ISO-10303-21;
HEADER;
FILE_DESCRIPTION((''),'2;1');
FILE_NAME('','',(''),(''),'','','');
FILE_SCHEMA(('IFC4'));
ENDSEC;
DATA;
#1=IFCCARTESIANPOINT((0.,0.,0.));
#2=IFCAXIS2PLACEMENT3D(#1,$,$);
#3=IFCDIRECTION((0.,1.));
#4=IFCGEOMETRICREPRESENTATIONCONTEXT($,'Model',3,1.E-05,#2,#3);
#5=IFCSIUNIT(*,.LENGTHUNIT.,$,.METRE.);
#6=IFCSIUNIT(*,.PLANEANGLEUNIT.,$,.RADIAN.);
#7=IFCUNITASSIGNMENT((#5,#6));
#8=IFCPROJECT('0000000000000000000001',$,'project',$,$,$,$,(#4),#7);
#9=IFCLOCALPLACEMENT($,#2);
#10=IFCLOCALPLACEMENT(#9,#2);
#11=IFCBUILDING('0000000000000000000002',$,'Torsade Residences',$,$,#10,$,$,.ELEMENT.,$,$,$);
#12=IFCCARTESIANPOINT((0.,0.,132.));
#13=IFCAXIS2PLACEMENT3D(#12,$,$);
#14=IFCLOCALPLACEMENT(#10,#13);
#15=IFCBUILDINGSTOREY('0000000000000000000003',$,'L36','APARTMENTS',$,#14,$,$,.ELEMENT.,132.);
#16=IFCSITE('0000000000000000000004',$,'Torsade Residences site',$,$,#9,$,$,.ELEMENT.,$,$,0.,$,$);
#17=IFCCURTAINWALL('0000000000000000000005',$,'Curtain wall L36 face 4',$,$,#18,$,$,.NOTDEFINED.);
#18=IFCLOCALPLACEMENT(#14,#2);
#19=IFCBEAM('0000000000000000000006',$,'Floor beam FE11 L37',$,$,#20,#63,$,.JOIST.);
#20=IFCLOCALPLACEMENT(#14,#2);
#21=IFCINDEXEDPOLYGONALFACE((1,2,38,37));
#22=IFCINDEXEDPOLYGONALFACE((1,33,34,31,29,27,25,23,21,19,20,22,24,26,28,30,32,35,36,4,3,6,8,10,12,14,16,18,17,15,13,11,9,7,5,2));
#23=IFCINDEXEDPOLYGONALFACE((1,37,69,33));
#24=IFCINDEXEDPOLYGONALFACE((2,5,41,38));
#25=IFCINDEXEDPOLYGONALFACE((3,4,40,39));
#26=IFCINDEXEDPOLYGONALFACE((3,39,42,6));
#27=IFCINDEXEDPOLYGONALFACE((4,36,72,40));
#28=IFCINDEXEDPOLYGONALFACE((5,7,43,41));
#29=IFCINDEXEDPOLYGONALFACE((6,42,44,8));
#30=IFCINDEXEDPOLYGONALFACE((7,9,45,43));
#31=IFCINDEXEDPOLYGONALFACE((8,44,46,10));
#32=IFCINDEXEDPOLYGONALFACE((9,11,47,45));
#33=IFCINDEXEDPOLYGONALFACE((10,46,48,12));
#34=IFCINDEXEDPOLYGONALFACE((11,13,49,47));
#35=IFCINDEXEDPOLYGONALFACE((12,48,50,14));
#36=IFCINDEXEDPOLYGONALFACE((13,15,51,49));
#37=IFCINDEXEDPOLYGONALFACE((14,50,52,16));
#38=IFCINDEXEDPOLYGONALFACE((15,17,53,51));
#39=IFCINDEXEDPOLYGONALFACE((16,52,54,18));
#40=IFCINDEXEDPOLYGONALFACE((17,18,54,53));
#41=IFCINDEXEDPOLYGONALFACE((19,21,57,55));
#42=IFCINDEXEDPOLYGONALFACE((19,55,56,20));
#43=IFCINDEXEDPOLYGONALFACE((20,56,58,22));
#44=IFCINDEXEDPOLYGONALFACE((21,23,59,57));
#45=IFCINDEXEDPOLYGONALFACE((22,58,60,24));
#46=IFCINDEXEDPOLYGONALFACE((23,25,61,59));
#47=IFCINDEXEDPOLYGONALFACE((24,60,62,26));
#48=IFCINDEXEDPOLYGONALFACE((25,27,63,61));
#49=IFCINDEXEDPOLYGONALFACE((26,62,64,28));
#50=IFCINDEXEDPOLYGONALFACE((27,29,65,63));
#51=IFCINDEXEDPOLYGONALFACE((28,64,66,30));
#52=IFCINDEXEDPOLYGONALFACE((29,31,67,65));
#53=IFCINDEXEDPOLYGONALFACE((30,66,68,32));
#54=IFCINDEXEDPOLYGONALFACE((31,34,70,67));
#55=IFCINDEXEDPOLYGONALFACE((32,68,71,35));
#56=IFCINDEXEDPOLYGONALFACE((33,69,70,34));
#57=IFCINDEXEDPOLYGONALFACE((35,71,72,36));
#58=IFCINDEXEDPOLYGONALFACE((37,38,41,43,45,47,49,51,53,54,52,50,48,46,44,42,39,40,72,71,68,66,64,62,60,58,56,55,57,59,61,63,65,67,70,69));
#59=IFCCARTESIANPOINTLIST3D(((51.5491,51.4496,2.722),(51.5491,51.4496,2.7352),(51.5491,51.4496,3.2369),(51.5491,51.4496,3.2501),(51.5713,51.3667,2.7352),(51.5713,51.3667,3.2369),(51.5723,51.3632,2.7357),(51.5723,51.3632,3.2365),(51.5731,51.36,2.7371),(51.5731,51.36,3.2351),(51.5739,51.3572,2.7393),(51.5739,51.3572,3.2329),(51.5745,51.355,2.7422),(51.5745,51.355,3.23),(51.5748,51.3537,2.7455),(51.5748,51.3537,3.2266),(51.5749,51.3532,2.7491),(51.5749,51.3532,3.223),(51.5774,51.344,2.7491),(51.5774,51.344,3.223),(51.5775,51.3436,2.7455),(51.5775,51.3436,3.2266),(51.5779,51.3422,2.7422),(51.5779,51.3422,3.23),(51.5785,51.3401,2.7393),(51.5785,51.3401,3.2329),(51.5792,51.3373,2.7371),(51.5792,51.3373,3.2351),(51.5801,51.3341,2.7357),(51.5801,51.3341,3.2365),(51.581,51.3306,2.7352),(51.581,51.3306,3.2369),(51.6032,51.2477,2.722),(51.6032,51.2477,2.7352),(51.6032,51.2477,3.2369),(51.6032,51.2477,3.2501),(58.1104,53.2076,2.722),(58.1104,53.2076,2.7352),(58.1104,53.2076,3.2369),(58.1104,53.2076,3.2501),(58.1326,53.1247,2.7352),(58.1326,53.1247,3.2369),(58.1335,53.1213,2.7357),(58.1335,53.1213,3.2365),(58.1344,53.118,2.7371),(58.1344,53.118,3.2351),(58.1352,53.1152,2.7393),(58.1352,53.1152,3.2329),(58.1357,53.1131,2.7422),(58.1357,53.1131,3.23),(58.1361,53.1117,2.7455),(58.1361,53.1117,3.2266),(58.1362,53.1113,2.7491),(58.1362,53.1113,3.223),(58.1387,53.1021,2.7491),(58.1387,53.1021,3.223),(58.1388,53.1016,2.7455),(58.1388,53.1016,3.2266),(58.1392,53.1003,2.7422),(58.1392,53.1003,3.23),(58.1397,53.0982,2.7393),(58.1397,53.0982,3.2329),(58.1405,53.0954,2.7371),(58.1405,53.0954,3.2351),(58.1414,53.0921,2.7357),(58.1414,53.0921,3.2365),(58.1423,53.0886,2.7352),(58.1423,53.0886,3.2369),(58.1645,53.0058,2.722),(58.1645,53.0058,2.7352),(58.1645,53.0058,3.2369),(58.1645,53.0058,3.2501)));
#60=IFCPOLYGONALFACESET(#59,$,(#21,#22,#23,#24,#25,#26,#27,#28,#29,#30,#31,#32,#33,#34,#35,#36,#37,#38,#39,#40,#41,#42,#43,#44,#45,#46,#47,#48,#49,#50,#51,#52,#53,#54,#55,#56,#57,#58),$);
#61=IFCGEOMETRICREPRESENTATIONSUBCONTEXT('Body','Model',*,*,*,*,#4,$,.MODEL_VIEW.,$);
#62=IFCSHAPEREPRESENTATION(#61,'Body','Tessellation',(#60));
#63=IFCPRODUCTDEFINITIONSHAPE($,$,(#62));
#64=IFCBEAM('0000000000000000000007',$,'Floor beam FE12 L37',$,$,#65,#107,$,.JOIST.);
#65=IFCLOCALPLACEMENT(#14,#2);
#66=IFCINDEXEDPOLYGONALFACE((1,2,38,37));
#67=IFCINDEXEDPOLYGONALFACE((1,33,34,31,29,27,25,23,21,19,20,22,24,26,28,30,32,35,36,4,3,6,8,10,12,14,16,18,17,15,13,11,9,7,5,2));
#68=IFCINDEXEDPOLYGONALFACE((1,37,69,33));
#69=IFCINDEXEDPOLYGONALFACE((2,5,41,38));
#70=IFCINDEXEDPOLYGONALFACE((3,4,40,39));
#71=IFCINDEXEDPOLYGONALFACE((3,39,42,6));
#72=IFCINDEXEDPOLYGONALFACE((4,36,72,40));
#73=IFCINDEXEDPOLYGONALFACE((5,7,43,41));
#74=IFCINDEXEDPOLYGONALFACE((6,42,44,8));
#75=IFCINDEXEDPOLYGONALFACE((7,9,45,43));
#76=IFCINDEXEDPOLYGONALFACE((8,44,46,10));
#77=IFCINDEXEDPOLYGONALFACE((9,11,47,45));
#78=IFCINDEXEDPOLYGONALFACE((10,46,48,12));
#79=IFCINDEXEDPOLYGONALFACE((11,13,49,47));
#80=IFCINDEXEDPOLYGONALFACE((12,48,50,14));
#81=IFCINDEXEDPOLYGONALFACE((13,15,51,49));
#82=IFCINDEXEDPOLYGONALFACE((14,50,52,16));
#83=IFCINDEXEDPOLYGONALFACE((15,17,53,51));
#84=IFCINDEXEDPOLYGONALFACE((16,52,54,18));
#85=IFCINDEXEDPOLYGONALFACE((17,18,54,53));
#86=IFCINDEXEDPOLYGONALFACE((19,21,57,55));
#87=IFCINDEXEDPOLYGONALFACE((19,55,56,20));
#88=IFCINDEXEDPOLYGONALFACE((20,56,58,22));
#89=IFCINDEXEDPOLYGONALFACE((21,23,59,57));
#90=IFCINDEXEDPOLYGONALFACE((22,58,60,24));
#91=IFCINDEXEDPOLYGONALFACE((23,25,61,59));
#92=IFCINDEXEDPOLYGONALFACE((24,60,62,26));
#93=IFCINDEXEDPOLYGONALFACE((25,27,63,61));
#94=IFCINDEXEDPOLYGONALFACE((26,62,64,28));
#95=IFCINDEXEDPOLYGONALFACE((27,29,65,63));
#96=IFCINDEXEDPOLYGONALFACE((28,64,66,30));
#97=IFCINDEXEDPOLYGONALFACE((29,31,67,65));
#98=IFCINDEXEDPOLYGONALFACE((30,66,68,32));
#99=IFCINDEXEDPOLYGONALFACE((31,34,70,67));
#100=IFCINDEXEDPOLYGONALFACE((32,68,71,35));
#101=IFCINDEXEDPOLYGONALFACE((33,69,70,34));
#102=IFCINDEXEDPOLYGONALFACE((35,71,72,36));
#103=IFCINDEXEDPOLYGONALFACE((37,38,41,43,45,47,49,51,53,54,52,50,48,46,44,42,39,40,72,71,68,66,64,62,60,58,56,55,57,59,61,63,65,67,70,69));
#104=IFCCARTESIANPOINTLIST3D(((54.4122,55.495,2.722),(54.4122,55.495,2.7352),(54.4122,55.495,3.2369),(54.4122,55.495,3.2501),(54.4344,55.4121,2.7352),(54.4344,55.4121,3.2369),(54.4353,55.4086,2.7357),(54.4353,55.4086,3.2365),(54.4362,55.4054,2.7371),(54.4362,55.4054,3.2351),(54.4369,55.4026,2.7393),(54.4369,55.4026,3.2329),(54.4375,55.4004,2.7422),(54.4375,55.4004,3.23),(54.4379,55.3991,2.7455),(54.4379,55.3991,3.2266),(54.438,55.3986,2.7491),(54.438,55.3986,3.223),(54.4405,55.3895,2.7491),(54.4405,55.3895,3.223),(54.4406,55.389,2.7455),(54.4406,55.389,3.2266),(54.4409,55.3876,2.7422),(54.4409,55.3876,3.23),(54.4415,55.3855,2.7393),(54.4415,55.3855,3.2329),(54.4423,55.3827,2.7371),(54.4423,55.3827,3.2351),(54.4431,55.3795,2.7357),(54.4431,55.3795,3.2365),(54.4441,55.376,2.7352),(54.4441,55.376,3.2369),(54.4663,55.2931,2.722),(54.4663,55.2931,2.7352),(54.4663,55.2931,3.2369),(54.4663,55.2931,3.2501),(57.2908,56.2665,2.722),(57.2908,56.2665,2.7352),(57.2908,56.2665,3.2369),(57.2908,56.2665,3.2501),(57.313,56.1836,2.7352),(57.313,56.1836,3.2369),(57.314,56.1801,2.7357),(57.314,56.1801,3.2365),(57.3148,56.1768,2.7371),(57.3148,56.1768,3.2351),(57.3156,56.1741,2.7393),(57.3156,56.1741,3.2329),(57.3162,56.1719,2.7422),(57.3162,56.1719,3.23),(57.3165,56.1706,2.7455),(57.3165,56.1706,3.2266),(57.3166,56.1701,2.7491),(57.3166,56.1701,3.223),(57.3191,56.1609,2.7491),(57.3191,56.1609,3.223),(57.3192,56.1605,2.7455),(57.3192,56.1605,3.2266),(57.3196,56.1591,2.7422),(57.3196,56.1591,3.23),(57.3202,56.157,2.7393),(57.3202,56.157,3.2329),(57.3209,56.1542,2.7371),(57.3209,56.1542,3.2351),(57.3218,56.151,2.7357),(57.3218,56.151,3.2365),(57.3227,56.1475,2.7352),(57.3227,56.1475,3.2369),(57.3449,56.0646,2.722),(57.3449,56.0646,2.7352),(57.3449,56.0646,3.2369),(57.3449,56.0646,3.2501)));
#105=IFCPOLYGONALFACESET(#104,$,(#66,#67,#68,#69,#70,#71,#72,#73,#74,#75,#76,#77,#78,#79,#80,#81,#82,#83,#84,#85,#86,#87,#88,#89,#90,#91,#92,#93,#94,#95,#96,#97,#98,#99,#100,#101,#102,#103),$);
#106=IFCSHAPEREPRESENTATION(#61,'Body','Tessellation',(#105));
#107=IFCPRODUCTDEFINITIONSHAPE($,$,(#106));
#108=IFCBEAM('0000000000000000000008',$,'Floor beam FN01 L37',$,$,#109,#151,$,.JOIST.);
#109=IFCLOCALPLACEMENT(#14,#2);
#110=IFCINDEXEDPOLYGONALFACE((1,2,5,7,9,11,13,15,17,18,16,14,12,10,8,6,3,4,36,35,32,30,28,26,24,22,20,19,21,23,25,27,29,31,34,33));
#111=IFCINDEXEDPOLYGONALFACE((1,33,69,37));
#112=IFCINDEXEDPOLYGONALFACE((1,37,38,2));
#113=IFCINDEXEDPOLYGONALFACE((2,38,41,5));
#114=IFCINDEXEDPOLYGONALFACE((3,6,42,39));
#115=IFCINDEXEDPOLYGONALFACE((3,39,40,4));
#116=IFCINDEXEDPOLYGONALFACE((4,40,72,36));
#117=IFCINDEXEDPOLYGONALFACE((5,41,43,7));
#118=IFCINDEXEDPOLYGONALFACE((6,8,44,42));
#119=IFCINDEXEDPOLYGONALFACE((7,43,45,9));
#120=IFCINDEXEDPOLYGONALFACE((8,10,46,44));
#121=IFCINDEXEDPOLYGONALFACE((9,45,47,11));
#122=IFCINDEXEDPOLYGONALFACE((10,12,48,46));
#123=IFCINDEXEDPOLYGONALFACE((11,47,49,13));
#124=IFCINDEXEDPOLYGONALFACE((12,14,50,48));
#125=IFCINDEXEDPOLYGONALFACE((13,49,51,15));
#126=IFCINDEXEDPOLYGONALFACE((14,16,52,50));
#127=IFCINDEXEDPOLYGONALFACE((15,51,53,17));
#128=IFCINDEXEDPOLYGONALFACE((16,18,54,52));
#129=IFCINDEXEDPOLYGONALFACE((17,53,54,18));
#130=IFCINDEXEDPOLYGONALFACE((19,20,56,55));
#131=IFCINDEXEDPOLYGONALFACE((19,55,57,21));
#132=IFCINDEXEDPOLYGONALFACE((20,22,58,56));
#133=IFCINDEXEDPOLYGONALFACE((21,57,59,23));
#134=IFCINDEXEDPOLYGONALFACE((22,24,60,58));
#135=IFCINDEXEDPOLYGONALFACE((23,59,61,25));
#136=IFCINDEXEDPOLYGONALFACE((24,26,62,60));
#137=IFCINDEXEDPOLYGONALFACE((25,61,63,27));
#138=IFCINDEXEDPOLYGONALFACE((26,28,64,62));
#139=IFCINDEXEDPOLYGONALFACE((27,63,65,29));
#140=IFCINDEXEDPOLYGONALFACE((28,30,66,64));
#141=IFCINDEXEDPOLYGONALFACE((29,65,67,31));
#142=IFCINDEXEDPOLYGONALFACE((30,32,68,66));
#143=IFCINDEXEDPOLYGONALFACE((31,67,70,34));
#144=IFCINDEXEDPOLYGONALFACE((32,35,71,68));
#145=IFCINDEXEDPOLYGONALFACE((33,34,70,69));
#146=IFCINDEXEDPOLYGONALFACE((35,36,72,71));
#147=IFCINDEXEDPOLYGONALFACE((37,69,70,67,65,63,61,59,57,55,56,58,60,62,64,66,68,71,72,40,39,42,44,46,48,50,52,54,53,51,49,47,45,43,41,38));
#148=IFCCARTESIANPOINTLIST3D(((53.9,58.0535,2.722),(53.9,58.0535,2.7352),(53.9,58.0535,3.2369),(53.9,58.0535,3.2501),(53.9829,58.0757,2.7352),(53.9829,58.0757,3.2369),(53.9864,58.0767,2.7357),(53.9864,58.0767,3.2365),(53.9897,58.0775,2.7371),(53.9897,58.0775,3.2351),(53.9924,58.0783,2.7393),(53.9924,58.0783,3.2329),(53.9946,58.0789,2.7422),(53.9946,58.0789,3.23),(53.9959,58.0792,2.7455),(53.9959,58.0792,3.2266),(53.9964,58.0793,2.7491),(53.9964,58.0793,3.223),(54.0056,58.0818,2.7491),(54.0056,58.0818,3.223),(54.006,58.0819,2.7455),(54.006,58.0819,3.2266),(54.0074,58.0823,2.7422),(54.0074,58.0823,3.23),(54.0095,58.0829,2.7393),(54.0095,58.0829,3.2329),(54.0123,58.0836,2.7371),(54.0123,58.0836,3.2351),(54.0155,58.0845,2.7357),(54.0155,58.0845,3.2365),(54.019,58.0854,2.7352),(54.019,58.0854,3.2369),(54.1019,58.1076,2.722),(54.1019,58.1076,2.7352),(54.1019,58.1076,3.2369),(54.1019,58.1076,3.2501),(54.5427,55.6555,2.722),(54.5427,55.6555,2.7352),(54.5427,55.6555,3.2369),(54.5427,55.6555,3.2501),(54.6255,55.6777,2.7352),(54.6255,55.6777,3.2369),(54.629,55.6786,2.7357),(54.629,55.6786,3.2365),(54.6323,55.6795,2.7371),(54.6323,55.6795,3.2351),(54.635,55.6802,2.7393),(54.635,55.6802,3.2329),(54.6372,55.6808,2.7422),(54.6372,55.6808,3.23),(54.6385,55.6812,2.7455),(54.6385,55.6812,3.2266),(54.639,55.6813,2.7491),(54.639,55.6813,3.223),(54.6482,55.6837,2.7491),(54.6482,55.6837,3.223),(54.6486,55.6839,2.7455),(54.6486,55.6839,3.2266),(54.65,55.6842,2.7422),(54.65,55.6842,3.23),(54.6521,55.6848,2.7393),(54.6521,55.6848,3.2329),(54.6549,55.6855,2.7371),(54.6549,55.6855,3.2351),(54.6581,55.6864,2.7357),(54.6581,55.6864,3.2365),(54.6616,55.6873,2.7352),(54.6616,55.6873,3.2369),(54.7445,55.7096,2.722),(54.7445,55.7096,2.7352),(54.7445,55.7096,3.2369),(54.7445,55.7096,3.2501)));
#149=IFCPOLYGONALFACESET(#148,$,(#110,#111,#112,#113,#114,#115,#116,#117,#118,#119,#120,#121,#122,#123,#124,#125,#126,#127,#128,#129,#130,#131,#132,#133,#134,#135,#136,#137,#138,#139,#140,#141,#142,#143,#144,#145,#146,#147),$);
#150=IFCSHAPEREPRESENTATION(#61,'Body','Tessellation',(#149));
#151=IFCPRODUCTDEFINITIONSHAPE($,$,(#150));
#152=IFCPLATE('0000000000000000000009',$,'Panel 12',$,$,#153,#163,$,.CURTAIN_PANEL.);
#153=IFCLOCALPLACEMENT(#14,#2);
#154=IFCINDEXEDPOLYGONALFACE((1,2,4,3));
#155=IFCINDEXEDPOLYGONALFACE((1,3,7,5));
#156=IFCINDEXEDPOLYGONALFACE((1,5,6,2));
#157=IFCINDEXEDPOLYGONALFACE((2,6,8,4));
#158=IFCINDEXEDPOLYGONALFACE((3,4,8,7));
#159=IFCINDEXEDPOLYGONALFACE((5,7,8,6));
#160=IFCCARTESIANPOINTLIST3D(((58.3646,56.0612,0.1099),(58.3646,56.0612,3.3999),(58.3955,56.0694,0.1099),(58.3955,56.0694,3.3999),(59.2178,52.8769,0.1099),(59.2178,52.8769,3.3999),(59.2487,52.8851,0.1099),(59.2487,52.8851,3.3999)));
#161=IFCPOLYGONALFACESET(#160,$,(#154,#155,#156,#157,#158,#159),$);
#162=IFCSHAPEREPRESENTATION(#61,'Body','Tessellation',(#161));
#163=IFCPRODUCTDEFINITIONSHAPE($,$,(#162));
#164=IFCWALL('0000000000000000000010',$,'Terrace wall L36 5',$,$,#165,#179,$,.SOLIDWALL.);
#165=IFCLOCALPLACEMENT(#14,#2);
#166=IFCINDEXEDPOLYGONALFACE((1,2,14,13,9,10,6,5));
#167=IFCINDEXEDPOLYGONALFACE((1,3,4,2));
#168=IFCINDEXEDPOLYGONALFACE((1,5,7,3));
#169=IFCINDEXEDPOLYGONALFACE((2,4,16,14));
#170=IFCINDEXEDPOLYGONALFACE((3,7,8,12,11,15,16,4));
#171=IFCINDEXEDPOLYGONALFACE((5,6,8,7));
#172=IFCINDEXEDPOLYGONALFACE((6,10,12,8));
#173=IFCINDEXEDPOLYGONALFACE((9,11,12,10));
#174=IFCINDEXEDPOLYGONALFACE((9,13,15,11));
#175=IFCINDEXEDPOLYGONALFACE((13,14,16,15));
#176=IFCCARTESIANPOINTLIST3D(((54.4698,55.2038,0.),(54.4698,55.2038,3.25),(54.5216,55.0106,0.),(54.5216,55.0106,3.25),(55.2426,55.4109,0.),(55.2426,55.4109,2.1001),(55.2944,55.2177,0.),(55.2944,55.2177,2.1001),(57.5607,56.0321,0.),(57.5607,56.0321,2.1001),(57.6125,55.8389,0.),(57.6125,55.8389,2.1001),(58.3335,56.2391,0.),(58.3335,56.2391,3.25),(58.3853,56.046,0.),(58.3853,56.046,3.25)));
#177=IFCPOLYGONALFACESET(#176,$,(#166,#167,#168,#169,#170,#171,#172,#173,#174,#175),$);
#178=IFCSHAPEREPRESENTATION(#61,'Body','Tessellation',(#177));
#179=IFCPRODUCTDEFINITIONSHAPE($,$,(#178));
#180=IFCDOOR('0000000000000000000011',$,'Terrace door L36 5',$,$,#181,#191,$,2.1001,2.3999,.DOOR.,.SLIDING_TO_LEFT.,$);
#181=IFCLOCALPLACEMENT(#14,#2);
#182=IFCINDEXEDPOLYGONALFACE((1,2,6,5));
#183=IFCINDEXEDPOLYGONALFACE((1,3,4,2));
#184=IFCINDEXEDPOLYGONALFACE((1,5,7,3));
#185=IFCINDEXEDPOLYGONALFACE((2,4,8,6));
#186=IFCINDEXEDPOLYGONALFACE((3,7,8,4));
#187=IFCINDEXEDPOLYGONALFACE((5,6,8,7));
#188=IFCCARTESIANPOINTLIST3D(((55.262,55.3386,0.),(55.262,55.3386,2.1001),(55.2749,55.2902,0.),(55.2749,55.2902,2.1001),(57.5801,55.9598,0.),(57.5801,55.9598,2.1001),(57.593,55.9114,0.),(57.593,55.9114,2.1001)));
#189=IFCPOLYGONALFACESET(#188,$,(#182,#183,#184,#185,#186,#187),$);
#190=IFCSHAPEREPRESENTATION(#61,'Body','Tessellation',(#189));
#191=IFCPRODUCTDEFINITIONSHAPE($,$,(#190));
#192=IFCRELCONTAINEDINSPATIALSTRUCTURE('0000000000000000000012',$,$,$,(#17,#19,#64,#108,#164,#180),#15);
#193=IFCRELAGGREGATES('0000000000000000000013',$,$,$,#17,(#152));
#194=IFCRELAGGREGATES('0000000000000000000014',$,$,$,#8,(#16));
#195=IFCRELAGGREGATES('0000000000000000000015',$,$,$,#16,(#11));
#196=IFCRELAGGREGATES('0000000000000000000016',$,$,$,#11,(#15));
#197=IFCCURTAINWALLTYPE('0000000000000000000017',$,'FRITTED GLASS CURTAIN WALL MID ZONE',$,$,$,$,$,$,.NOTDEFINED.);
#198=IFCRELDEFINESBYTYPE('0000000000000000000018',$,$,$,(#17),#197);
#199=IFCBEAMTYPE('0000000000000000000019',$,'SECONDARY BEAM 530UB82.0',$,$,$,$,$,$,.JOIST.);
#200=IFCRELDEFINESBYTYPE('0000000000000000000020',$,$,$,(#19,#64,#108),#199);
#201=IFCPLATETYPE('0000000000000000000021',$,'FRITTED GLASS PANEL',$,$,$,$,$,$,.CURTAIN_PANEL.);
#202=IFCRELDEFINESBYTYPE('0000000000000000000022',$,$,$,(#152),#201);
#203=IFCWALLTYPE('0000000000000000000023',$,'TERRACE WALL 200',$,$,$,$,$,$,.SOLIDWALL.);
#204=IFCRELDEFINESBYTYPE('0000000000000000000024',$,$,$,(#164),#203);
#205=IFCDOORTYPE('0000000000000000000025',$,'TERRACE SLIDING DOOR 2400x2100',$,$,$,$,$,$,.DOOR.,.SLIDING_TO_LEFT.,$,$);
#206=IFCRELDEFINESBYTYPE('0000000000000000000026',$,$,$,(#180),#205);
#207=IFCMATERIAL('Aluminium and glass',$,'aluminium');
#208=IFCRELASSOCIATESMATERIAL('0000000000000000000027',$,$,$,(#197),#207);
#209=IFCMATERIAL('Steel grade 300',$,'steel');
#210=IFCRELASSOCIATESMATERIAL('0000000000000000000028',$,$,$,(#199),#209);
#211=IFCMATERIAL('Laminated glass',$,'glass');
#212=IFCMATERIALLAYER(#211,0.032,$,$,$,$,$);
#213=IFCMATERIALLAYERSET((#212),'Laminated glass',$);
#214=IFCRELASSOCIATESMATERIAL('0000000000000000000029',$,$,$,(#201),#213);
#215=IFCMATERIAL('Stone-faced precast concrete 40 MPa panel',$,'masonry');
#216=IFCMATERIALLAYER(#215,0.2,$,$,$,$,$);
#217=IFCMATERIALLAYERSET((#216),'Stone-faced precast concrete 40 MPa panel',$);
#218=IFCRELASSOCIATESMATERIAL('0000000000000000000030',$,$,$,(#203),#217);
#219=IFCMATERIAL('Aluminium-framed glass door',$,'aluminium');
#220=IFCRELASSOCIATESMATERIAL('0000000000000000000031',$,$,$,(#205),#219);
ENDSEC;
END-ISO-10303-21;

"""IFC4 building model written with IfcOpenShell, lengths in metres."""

from ifc_helpers import new_model, si_unit, direction, frame, frame_2d, origin, origin_2d, place, context, subcontext, project, spatial, rectangle, i_section, extrude, material, layer, layer_set, material_profile, profile_set, type_object, element, fill, aggregate, save


model = new_model("IFC4")

# Units and contexts
model_context = context("Model", 3, precision=1e-05, world=origin(), true_north=direction((0.0, 1.0)))
body_context = subcontext(model_context, "Body", "Model", "MODEL_VIEW")
ifc_project = project(units=[si_unit("LENGTHUNIT", "METRE"), si_unit("PLANEANGLEUNIT", "RADIAN")], contexts=[model_context])

# Site, building, storey
site_placement = place(None, origin())
site = spatial("IfcSite", under=ifc_project, at=site_placement, Name="Torsade Residences site", CompositionType="ELEMENT", RefElevation=0.0)
building_placement = place(site_placement, origin())
building = spatial("IfcBuilding", under=site, at=building_placement, Name="Torsade Residences", CompositionType="ELEMENT")
storey_placement = place(building_placement, frame((0.0, 0.0, 132.0)))
storey = spatial("IfcBuildingStorey", under=building, at=storey_placement, Name="L36", Description="APARTMENTS", CompositionType="ELEMENT", Elevation=132.0)

# Curtain wall
ifc_material_1 = material(Name="Aluminium and glass", Category="aluminium")
curtain_wall_type = type_object("IfcCurtainWallType", Name="FRITTED GLASS CURTAIN WALL MID ZONE", PredefinedType="NOTDEFINED", material=ifc_material_1)
curtain_wall_1_placement = place(storey_placement, origin())
curtain_wall_1 = element("IfcCurtainWall", 1, at=curtain_wall_1_placement, inside=storey, type_object=curtain_wall_type, Name="Curtain wall L36 face 4", PredefinedType="NOTDEFINED")

# Beams
ifc_material_2 = material(Name="Steel grade 300", Category="steel")
ifc_material_profile_1 = material_profile(ifc_material_2, i_section(OverallWidth=0.209, OverallDepth=0.5281, WebThickness=0.0095, FlangeThickness=0.0132, FilletRadius=0.0139, at=origin_2d()), Name="530UB82.0")
ifc_profile_set_1 = profile_set([ifc_material_profile_1], Name="Steel grade 300")
beam_type_1 = type_object("IfcBeamType", Name="SECONDARY BEAM 530UB82.0", PredefinedType="JOIST", material=ifc_profile_set_1)
beam_1_placement = place(storey_placement, frame((58.1375, 53.1067, 2.9861), z_axis=(-0.965927, -0.258815, 0.0), x_axis=(0.258815, -0.965927, 0.0)))
element("IfcBeam", 2, at=beam_1_placement, inside=storey, type_object=beam_type_1, Name="Floor beam FE11 L37", PredefinedType="JOIST", context=body_context, shape_type="SweptSolid", body=[
    extrude(i_section(OverallWidth=0.209, OverallDepth=0.5281, WebThickness=0.0095, FlangeThickness=0.0132, FilletRadius=0.0139, at=origin_2d()), origin(), (0.0, 0.0, 1.0), 6.7927),
])
beam_2_placement = place(storey_placement, frame((57.3179, 56.1655, 2.9861), z_axis=(-0.965913, -0.258866, 0.0), x_axis=(0.258866, -0.965913, 0.0)))
element("IfcBeam", 3, at=beam_2_placement, inside=storey, type_object=beam_type_1, Name="Floor beam FE12 L37", PredefinedType="JOIST", context=body_context, shape_type="SweptSolid", body=[
    extrude(i_section(OverallWidth=0.209, OverallDepth=0.5281, WebThickness=0.0095, FlangeThickness=0.0132, FilletRadius=0.0139, at=origin_2d()), origin(), (0.0, 0.0, 1.0), 2.9802),
])
beam_3_placement = place(storey_placement, frame((54.001, 58.0806, 2.9861), z_axis=(0.258838, -0.965921, 0.0), x_axis=(0.965921, 0.258838, 0.0)))
element("IfcBeam", 4, at=beam_3_placement, inside=storey, type_object=beam_type_1, Name="Floor beam FN01 L37", PredefinedType="JOIST", context=body_context, shape_type="SweptSolid", body=[
    extrude(i_section(OverallWidth=0.209, OverallDepth=0.5281, WebThickness=0.0095, FlangeThickness=0.0132, FilletRadius=0.0139, at=origin_2d()), origin(), (0.0, 0.0, 1.0), 2.4827),
])

# Plate
ifc_material_3 = material(Name="Laminated glass", Category="glass")
ifc_layer_1 = layer(ifc_material_3, 0.032)
ifc_layer_set_1 = layer_set([ifc_layer_1], Name="Laminated glass")
plate_type = type_object("IfcPlateType", Name="FRITTED GLASS PANEL", PredefinedType="CURTAIN_PANEL", material=ifc_layer_set_1)
plate_placement = place(storey_placement, frame((58.8066, 54.4731, 0.1099), z_axis=(0.0, 0.0, 1.0), x_axis=(-0.258819, 0.965926, 0.0)))
plate = element("IfcPlate", 5, at=plate_placement, type_object=plate_type, Name="Panel 12", PredefinedType="CURTAIN_PANEL", context=body_context, shape_type="SweptSolid", body=[
    extrude(rectangle(XDim=3.2966, YDim=0.032, at=origin_2d()), origin(), (0.0, 0.0, 1.0), 3.29),
])
aggregate(curtain_wall_1, [plate])

# Wall, opening, door
ifc_material_4 = material(Name="Stone-faced precast concrete 40 MPa panel", Category="masonry")
ifc_layer_2 = layer(ifc_material_4, 0.2)
ifc_layer_set_2 = layer_set([ifc_layer_2], Name="Stone-faced precast concrete 40 MPa panel")
wall_type = type_object("IfcWallType", Name="TERRACE WALL 200", PredefinedType="SOLIDWALL", material=ifc_layer_set_2)
wall_1_placement = place(storey_placement, frame((58.3594, 56.1426, 0.0), z_axis=(0.0, 0.0, 1.0), x_axis=(-0.965919, -0.258844, 0.0)))
wall_1 = element("IfcWall", 6, at=wall_1_placement, inside=storey, type_object=wall_type, Name="Terrace wall L36 5", PredefinedType="SOLIDWALL", context=body_context, shape_type="SweptSolid", body=[
    extrude(rectangle(XDim=4.0, YDim=0.2, at=frame_2d((2.0, 0.0))), origin(), (0.0, 0.0, 1.0), 3.25),
])
opening_1_placement = place(wall_1_placement, frame((0.8, 0.0, 0.0)))
opening_1 = element("IfcOpeningElement", 7, at=opening_1_placement, cuts=wall_1, PredefinedType="OPENING", context=body_context, shape_type="SweptSolid", body=[
    extrude(rectangle(XDim=2.3999, YDim=2.1001, at=frame_2d((1.2, 1.05))), frame((0.0, 0.1099, 0.0), z_axis=(0.0, -1.0, 0.0), x_axis=(1.0, 0.0, 0.0)), (0.0, 0.0, 1.0), 0.22),
])
ifc_material_5 = material(Name="Aluminium-framed glass door", Category="aluminium")
door_type = type_object("IfcDoorType", Name="TERRACE SLIDING DOOR 2400x2100", OperationType="SLIDING_TO_LEFT", PredefinedType="DOOR", material=ifc_material_5)
door_placement = place(opening_1_placement, origin())
door = element("IfcDoor", 8, at=door_placement, inside=storey, type_object=door_type, Name="Terrace door L36 5", OperationType="SLIDING_TO_LEFT", OverallHeight=2.1001, OverallWidth=2.3999, PredefinedType="DOOR", context=body_context, shape_type="SweptSolid", body=[
    extrude(rectangle(XDim=2.3999, YDim=2.1001, at=frame_2d((1.2, 1.05))), frame((0.0, 0.0249, 0.0), z_axis=(0.0, -1.0, 0.0), x_axis=(1.0, 0.0, 0.0)), (0.0, 0.0, 1.0), 0.05),
])
fill(opening_1, door)

save(model, "model.ifc")
